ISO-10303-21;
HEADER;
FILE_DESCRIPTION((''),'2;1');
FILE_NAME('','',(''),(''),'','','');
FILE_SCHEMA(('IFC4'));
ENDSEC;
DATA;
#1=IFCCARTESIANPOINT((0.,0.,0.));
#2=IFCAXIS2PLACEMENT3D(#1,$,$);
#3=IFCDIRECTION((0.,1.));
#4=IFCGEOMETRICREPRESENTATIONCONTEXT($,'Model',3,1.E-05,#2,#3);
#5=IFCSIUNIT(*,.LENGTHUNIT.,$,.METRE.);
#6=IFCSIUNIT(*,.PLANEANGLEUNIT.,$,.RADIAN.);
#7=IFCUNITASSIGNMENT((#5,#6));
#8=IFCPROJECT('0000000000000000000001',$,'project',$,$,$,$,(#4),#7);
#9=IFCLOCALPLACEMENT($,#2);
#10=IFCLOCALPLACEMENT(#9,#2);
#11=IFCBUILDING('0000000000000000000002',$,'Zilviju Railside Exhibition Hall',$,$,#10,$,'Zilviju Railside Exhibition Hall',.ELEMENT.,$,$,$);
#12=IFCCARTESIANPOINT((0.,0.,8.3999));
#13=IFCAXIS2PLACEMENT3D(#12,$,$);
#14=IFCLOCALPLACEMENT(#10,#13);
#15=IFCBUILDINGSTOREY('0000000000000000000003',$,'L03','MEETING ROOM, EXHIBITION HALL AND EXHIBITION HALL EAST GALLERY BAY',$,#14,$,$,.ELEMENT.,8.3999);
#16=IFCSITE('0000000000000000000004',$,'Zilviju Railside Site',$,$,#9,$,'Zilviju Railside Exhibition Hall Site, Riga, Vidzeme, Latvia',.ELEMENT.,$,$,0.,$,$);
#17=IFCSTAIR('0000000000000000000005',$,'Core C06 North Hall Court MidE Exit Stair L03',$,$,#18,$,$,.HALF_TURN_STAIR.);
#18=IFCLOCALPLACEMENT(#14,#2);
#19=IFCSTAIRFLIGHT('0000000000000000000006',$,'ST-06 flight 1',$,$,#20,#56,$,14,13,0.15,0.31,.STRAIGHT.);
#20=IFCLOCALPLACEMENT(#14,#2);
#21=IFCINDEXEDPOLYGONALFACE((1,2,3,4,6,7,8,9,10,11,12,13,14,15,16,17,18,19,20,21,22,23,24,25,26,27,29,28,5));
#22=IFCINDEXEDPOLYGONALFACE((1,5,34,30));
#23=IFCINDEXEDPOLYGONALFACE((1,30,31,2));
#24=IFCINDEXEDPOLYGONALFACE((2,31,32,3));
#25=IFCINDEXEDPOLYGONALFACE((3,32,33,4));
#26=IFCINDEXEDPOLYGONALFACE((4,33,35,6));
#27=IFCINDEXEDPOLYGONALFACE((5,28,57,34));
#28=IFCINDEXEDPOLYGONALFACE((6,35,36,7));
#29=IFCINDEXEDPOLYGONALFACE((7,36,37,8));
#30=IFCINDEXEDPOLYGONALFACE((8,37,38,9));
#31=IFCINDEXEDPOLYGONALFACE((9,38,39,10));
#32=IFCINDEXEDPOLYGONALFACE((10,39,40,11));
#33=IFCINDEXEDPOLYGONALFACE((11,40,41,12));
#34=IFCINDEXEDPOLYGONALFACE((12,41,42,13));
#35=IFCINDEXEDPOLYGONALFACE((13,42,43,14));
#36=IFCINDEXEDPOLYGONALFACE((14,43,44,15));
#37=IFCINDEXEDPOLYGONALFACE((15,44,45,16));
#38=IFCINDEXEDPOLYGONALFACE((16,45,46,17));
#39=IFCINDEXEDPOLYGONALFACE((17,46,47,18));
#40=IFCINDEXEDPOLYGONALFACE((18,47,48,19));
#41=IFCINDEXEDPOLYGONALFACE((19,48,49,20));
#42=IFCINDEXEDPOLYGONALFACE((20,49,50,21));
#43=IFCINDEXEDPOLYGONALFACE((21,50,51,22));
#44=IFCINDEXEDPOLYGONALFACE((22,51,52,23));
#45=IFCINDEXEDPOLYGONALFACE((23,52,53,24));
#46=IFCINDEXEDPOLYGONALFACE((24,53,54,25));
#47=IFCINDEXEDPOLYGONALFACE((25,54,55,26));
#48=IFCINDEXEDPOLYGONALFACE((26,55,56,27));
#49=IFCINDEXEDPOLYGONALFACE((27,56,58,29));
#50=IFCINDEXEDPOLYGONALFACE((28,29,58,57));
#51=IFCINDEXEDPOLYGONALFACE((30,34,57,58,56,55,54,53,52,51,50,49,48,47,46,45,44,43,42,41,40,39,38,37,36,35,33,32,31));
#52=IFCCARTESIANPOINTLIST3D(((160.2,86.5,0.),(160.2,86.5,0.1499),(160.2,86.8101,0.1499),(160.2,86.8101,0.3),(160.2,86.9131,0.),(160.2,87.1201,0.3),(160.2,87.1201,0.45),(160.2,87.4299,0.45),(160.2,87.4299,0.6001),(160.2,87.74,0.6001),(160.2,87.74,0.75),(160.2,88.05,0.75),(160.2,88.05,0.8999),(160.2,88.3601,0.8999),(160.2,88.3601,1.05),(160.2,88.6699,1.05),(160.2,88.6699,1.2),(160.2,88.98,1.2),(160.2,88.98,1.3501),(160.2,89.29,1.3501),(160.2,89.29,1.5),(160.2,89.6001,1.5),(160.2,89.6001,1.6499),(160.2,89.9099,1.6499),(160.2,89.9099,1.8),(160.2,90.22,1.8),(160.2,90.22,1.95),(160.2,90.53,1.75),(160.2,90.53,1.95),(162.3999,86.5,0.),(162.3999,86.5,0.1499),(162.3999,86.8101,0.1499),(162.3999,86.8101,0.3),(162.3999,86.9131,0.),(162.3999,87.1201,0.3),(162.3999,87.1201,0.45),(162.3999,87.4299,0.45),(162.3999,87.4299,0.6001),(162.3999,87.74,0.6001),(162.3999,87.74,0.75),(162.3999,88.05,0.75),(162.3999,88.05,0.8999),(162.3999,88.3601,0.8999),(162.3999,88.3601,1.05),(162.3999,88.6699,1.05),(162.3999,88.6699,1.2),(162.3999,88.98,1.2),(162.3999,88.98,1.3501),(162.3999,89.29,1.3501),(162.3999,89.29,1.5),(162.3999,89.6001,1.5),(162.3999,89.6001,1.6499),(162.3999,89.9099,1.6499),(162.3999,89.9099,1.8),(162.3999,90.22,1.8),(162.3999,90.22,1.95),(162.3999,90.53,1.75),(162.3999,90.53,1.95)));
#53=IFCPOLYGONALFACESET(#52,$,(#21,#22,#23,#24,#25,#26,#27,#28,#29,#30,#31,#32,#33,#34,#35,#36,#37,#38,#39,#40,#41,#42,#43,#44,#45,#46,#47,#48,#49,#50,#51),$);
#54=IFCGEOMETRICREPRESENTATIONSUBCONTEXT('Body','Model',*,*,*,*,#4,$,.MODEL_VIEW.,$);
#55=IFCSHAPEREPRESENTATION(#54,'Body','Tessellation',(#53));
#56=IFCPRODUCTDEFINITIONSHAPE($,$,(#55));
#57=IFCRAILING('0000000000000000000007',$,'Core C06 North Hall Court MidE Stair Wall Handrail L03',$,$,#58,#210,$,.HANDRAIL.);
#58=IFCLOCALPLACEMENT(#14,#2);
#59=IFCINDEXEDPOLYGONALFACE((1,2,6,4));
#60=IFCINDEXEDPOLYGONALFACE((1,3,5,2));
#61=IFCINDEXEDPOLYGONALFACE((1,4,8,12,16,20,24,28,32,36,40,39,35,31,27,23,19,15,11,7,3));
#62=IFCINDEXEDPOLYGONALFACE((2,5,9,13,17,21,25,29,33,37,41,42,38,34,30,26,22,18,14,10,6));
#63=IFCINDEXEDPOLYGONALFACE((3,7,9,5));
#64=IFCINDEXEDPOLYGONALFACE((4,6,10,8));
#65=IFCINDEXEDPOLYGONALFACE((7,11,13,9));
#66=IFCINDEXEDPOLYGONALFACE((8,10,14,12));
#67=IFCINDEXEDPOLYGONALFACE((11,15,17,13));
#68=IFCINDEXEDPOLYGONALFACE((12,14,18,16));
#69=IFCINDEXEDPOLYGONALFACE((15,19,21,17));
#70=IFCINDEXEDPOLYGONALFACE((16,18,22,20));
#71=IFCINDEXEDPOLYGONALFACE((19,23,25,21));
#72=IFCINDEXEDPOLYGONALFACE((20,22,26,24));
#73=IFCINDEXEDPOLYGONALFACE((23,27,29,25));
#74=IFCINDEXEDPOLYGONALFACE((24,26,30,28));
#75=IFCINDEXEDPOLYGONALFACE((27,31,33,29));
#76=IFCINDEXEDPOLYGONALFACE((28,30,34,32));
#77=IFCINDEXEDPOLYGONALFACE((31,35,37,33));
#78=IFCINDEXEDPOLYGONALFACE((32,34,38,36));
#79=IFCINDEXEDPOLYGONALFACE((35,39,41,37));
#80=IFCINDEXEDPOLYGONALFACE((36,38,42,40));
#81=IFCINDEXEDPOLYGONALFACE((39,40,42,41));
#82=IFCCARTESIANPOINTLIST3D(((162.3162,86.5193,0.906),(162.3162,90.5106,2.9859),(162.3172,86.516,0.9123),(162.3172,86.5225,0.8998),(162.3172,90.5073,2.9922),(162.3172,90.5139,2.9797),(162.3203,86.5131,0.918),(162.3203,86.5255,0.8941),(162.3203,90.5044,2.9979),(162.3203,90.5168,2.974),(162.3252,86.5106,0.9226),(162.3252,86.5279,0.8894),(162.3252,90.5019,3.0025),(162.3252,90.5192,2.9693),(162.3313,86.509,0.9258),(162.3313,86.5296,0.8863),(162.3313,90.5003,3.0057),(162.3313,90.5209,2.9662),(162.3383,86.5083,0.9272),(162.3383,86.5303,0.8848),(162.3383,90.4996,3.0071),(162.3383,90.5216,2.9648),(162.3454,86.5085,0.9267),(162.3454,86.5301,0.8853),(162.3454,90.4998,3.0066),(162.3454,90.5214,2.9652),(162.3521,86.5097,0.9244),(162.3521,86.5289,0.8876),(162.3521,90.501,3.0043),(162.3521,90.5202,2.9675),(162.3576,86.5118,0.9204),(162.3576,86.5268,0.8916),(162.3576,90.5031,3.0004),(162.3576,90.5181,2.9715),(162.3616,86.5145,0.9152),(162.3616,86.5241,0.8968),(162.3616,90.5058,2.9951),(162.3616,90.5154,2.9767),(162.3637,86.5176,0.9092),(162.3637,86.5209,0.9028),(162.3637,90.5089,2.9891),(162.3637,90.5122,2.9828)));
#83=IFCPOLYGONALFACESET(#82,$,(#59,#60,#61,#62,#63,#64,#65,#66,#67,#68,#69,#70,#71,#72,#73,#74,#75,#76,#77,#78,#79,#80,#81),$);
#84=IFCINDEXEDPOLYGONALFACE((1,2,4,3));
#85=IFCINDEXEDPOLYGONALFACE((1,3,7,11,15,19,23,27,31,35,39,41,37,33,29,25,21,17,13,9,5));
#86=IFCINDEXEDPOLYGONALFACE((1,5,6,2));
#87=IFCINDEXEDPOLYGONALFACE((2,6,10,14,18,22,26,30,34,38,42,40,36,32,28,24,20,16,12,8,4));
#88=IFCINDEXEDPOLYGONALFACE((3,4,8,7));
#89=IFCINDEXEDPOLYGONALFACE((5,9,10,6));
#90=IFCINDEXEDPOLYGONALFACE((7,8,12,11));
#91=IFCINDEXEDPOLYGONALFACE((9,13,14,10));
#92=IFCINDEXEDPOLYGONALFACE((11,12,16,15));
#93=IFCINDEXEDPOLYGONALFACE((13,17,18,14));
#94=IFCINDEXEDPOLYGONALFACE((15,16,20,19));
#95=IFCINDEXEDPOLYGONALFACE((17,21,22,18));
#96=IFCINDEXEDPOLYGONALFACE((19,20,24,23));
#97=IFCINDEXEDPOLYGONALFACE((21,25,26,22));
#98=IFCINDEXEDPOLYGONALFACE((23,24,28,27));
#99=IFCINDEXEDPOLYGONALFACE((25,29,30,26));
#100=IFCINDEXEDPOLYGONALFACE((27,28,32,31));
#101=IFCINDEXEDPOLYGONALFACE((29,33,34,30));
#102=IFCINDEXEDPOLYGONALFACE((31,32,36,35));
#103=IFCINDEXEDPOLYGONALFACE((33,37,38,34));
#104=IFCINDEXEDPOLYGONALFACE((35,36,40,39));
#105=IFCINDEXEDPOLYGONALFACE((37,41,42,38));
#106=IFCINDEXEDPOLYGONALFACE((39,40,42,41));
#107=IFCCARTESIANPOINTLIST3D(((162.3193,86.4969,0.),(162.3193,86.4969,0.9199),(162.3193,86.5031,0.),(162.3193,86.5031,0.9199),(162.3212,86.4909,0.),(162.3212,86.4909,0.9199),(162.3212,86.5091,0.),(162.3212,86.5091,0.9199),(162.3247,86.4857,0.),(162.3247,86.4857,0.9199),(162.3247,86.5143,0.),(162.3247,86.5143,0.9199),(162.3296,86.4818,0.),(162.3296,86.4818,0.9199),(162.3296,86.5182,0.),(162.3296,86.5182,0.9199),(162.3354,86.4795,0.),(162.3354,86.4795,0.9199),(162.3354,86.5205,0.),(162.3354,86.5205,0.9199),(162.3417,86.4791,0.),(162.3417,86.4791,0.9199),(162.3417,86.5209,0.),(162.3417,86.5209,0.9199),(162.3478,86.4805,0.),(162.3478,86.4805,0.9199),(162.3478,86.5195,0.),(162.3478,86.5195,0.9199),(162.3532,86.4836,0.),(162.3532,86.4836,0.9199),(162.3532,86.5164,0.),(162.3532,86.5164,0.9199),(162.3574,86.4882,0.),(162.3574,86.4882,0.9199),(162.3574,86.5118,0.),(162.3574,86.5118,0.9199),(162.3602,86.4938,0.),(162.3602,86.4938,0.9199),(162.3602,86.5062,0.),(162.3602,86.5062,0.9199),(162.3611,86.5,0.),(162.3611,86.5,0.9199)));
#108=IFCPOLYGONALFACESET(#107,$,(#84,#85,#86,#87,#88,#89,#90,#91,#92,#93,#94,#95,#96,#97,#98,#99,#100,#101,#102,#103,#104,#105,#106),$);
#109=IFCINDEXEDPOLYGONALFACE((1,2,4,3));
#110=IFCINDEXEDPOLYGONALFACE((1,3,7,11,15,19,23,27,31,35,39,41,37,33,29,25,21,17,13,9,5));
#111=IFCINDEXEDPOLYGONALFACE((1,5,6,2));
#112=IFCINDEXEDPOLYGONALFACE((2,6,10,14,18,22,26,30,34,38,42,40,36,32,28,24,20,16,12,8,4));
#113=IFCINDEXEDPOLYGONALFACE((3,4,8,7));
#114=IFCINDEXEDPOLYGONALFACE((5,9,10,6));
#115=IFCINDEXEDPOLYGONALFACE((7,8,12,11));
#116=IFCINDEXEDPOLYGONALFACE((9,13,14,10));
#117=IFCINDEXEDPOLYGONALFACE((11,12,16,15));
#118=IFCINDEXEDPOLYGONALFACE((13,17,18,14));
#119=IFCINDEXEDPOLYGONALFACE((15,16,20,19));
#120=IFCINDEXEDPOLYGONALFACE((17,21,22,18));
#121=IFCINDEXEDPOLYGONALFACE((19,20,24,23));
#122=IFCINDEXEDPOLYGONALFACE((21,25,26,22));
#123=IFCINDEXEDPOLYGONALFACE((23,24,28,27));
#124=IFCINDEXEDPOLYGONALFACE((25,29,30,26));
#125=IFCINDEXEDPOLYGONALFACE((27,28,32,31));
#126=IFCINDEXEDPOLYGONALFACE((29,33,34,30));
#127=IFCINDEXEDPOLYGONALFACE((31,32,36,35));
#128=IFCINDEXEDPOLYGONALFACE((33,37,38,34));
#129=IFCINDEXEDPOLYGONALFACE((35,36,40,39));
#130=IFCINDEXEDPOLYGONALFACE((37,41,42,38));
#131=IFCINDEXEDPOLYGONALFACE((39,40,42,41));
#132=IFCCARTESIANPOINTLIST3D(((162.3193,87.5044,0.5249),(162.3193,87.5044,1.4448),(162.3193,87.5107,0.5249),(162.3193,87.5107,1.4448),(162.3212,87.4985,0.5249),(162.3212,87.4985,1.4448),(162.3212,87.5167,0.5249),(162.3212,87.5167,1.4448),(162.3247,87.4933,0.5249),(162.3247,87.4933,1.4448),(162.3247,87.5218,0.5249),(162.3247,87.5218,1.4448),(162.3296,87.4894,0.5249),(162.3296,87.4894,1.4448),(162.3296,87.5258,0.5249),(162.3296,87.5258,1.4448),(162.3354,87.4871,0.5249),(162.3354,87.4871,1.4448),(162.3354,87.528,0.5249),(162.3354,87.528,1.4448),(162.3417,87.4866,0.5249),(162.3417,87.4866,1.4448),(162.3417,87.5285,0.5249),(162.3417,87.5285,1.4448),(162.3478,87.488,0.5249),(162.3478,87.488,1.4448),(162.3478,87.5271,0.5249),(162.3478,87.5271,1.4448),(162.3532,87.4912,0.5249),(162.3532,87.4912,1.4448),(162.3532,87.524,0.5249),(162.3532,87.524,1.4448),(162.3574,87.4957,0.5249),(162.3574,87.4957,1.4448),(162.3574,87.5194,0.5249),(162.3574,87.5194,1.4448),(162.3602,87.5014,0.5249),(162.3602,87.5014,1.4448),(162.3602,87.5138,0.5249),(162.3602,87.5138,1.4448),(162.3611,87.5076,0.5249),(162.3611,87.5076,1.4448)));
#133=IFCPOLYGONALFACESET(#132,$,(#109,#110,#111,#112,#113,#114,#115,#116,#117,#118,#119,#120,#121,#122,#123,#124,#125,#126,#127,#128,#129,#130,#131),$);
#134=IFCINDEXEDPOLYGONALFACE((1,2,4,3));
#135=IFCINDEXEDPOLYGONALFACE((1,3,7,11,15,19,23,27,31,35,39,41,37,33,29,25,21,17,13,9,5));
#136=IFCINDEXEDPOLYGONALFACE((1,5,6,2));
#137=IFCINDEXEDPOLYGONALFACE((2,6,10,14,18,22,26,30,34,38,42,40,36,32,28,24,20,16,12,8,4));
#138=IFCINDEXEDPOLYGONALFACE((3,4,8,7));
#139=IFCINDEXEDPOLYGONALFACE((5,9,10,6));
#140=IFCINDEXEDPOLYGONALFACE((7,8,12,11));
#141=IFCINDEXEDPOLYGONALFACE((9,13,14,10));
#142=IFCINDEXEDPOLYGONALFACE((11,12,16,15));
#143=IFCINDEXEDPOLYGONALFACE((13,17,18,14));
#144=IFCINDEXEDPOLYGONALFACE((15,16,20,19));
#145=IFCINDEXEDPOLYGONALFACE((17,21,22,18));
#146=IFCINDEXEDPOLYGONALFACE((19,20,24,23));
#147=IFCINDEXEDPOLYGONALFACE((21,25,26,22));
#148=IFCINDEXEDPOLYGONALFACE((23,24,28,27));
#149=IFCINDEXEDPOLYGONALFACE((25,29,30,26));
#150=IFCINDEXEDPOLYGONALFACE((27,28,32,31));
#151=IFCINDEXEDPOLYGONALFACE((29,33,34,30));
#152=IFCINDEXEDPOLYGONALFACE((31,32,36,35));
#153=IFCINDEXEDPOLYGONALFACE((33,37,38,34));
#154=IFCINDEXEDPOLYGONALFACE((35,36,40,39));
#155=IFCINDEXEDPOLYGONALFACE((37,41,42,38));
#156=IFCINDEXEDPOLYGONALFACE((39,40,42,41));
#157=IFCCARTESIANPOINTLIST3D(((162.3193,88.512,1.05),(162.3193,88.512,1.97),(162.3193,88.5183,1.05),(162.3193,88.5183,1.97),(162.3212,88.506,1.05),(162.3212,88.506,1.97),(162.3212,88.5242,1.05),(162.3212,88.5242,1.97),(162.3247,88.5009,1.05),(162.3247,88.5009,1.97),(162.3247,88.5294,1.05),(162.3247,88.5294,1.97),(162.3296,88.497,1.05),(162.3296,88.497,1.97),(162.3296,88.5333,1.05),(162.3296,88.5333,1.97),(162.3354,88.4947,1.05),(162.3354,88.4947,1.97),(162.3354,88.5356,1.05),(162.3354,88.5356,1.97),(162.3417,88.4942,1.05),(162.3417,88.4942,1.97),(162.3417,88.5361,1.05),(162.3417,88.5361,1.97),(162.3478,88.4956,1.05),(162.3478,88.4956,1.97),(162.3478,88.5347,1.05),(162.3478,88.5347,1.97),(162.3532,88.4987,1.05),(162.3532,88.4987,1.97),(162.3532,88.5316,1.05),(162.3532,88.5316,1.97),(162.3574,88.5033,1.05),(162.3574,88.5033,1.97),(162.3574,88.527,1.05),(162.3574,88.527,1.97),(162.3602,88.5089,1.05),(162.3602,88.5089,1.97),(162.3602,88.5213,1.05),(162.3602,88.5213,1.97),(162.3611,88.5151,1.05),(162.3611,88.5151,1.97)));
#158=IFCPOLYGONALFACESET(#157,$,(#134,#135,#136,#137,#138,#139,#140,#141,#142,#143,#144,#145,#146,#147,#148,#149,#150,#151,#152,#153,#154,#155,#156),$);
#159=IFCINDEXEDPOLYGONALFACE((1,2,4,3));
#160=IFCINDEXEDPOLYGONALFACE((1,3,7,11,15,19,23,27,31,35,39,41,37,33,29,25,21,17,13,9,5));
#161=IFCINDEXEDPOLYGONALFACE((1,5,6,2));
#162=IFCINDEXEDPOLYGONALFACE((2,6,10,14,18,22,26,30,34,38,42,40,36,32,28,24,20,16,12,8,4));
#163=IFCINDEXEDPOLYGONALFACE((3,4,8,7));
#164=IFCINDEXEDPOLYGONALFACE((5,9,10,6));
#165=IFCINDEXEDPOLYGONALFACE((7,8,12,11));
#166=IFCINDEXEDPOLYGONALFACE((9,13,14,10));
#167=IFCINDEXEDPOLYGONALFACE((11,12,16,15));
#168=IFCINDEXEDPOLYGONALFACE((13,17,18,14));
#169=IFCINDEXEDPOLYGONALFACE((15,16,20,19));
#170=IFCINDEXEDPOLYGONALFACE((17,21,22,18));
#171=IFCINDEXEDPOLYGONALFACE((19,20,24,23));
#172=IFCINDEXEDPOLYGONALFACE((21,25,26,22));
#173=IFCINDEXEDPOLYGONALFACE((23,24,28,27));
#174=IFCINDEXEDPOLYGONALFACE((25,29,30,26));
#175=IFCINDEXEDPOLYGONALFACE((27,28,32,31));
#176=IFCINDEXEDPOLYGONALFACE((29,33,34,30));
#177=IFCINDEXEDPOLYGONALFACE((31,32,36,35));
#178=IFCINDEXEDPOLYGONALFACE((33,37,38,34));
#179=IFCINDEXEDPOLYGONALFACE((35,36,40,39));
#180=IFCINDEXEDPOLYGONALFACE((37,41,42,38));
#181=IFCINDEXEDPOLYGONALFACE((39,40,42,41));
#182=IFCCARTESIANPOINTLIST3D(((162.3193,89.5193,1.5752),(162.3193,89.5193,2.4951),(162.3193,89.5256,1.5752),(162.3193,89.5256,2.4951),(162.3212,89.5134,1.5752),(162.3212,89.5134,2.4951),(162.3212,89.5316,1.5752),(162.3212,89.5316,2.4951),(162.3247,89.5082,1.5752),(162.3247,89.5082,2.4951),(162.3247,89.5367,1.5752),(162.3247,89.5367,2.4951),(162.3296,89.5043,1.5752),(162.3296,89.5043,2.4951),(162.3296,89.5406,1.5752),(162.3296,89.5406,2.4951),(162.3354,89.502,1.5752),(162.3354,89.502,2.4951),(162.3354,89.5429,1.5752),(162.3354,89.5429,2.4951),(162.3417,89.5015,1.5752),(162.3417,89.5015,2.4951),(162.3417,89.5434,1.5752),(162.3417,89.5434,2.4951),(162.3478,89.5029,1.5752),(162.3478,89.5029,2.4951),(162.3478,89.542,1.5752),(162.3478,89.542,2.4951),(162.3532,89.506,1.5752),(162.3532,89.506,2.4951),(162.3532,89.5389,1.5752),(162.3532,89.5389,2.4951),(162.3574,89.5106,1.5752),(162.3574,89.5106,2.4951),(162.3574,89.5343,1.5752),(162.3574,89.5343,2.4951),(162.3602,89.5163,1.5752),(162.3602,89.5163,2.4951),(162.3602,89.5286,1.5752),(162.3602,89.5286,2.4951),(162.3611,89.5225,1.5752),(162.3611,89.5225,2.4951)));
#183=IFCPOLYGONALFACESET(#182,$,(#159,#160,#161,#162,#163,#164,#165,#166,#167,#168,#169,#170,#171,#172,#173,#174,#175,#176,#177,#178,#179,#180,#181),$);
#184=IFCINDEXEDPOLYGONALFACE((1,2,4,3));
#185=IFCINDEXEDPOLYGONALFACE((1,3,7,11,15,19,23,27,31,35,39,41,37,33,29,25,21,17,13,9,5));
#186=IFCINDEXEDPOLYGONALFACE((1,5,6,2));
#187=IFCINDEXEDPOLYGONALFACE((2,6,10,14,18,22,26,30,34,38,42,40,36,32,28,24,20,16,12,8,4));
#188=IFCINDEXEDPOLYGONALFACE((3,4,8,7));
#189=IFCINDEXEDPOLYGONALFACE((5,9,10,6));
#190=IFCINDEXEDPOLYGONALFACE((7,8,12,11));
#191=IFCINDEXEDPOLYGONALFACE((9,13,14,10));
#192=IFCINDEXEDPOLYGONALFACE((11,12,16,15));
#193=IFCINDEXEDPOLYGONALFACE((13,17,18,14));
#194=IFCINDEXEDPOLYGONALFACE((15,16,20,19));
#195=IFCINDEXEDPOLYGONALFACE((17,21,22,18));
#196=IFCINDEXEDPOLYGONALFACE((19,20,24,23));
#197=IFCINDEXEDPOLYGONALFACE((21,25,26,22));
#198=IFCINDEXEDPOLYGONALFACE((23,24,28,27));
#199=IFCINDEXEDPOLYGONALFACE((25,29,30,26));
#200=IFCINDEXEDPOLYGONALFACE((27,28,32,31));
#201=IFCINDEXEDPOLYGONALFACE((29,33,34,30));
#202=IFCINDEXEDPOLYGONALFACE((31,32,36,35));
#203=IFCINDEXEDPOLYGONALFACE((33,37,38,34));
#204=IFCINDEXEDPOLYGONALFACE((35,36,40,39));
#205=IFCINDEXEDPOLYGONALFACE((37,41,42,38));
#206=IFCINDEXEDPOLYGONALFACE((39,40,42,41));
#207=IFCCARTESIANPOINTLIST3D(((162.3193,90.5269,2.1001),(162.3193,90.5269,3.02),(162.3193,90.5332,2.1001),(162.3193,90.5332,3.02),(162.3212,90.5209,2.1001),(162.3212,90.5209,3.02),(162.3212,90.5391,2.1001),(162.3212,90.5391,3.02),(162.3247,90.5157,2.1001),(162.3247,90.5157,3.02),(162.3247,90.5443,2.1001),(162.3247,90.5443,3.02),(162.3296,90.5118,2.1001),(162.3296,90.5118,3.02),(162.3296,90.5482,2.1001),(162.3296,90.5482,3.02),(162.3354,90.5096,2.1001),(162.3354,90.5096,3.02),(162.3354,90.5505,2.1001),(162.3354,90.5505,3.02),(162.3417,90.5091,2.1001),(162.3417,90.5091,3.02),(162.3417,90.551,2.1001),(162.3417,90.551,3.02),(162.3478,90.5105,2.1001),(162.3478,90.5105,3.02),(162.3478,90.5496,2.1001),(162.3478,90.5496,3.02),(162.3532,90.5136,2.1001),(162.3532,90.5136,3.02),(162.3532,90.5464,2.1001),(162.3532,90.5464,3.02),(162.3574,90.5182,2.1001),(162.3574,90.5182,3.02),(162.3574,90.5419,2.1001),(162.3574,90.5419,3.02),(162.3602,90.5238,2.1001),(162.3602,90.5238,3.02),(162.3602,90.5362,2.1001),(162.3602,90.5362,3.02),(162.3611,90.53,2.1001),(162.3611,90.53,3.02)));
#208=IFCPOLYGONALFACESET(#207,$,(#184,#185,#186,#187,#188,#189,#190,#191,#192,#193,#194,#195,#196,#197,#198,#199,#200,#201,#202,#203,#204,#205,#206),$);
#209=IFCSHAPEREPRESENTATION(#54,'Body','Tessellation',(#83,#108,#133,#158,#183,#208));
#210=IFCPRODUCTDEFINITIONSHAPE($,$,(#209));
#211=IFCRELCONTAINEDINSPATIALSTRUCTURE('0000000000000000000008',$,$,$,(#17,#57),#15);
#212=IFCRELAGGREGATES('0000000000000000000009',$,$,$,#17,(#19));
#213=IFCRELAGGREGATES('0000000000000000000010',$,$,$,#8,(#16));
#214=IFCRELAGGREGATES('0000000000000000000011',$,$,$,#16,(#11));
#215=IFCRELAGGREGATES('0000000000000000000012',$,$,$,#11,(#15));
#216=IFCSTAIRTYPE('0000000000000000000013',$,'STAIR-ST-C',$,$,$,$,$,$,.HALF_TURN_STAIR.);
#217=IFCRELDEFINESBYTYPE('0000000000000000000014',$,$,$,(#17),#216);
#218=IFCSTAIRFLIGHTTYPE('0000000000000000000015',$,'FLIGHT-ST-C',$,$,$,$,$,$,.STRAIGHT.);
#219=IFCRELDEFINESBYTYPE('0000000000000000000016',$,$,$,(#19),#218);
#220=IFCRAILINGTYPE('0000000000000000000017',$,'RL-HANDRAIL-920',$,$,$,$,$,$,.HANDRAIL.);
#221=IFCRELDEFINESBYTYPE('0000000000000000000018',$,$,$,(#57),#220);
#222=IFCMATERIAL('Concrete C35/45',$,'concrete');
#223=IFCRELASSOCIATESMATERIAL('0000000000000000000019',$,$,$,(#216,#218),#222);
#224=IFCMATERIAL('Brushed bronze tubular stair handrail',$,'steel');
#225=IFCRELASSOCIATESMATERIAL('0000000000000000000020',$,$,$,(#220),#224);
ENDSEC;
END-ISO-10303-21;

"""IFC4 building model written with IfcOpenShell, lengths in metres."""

from ifc_helpers import new_model, si_unit, direction, frame, origin, origin_2d, place, context, subcontext, project, spatial, polyline, circle, outline, extrude, material, type_object, element, aggregate, save


model = new_model("IFC4")

# Units and contexts
model_context = context("Model", 3, precision=1e-05, world=origin(), true_north=direction((0.0, 1.0)))
body_context = subcontext(model_context, "Body", "Model", "MODEL_VIEW")
ifc_project = project(units=[si_unit("LENGTHUNIT", "METRE"), si_unit("PLANEANGLEUNIT", "RADIAN")], contexts=[model_context])

# Site, building, storey
site_placement = place(None, origin())
site = spatial("IfcSite", under=ifc_project, at=site_placement, Name="Zilviju Railside Site", LongName="Zilviju Railside Exhibition Hall Site, Riga, Vidzeme, Latvia", CompositionType="ELEMENT", RefElevation=0.0)
building_placement = place(site_placement, origin())
building = spatial("IfcBuilding", under=site, at=building_placement, Name="Zilviju Railside Exhibition Hall", LongName="Zilviju Railside Exhibition Hall", CompositionType="ELEMENT")
storey_placement = place(building_placement, frame((0.0, 0.0, 8.3999)))
storey = spatial("IfcBuildingStorey", under=building, at=storey_placement, Name="L03", Description="MEETING ROOM, EXHIBITION HALL AND EXHIBITION HALL EAST GALLERY BAY", CompositionType="ELEMENT", Elevation=8.3999)

# Shared definitions
ifc_material_1 = material(Name="Concrete C35/45", Category="concrete")

# Stair, stair flight
stair_type = type_object("IfcStairType", Name="STAIR-ST-C", PredefinedType="HALF_TURN_STAIR", material=ifc_material_1)
stair_placement = place(storey_placement, origin())
stair = element("IfcStair", 1, at=stair_placement, inside=storey, type_object=stair_type, Name="Core C06 North Hall Court MidE Exit Stair L03", PredefinedType="HALF_TURN_STAIR")
stair_flight_type = type_object("IfcStairFlightType", Name="FLIGHT-ST-C", PredefinedType="STRAIGHT", material=ifc_material_1)
stair_flight_placement = place(storey_placement, frame((161.3, 86.5, 0.0), z_axis=(0.0, 0.0, 1.0), x_axis=(0.0, 1.0, 0.0)))
stair_flight = element("IfcStairFlight", 2, at=stair_flight_placement, type_object=stair_flight_type, Name="ST-06 flight 1", NumberOfRisers=14, NumberOfTreads=13, PredefinedType="STRAIGHT", RiserHeight=0.15, TreadLength=0.31, context=body_context, shape_type="SweptSolid", body=[
    extrude(outline(polyline([(0.0, 0.0), (0.0, 0.1499), (0.3101, 0.1499), (0.3101, 0.3), (0.6201, 0.3), (0.6201, 0.45), (0.9299, 0.45), (0.9299, 0.6001), (1.24, 0.6001), (1.24, 0.75), (1.55, 0.75), (1.55, 0.8999), (1.8601, 0.8999), (1.8601, 1.05), (2.1699, 1.05), (2.1699, 1.2), (2.48, 1.2), (2.48, 1.3501), (2.79, 1.3501), (2.79, 1.5), (3.1001, 1.5), (3.1001, 1.6499), (3.4099, 1.6499), (3.4099, 1.8), (3.72, 1.8), (3.72, 1.95), (4.03, 1.95), (4.03, 2.1001), (4.03, 1.75), (0.4131, 0.0), (0.0, 0.0)])), frame((0.0, 1.1001, 0.0), z_axis=(0.0, -1.0, 0.0), x_axis=(1.0, 0.0, 0.0)), (0.0, 0.0, 1.0), 2.2),
])
aggregate(stair, [stair_flight])

# Railing
ifc_material_2 = material(Name="Brushed bronze tubular stair handrail", Category="steel")
railing_type_1 = type_object("IfcRailingType", Name="RL-HANDRAIL-920", PredefinedType="HANDRAIL", material=ifc_material_2)
railing_1_placement = place(storey_placement, frame((162.3401, 86.5, 0.0)))
element("IfcRailing", 3, at=railing_1_placement, inside=storey, type_object=railing_type_1, Name="Core C06 North Hall Court MidE Stair Wall Handrail L03", PredefinedType="HANDRAIL", context=body_context, shape_type="SweptSolid", body=[
    extrude(circle(Radius=0.0239, at=origin_2d()), frame((0.0, 0.0193, 0.906), z_axis=(0.0, 0.886813, 0.462129), x_axis=(-1.0, 0.0, 0.0)), (0.0, 0.0, 1.0), 4.5007),
    extrude(circle(Radius=0.021, at=origin_2d()), origin(), (0.0, 0.0, 1.0), 0.9199),
    extrude(circle(Radius=0.021, at=origin_2d()), frame((0.0, 1.0076, 0.5249)), (0.0, 0.0, 1.0), 0.9199),
    extrude(circle(Radius=0.021, at=origin_2d()), frame((0.0, 2.0151, 1.05)), (0.0, 0.0, 1.0), 0.9199),
    extrude(circle(Radius=0.021, at=origin_2d()), frame((0.0, 3.0225, 1.5752)), (0.0, 0.0, 1.0), 0.9199),
    extrude(circle(Radius=0.021, at=origin_2d()), frame((0.0, 4.03, 2.1001)), (0.0, 0.0, 1.0), 0.9199),
])

save(model, "model.ifc")
